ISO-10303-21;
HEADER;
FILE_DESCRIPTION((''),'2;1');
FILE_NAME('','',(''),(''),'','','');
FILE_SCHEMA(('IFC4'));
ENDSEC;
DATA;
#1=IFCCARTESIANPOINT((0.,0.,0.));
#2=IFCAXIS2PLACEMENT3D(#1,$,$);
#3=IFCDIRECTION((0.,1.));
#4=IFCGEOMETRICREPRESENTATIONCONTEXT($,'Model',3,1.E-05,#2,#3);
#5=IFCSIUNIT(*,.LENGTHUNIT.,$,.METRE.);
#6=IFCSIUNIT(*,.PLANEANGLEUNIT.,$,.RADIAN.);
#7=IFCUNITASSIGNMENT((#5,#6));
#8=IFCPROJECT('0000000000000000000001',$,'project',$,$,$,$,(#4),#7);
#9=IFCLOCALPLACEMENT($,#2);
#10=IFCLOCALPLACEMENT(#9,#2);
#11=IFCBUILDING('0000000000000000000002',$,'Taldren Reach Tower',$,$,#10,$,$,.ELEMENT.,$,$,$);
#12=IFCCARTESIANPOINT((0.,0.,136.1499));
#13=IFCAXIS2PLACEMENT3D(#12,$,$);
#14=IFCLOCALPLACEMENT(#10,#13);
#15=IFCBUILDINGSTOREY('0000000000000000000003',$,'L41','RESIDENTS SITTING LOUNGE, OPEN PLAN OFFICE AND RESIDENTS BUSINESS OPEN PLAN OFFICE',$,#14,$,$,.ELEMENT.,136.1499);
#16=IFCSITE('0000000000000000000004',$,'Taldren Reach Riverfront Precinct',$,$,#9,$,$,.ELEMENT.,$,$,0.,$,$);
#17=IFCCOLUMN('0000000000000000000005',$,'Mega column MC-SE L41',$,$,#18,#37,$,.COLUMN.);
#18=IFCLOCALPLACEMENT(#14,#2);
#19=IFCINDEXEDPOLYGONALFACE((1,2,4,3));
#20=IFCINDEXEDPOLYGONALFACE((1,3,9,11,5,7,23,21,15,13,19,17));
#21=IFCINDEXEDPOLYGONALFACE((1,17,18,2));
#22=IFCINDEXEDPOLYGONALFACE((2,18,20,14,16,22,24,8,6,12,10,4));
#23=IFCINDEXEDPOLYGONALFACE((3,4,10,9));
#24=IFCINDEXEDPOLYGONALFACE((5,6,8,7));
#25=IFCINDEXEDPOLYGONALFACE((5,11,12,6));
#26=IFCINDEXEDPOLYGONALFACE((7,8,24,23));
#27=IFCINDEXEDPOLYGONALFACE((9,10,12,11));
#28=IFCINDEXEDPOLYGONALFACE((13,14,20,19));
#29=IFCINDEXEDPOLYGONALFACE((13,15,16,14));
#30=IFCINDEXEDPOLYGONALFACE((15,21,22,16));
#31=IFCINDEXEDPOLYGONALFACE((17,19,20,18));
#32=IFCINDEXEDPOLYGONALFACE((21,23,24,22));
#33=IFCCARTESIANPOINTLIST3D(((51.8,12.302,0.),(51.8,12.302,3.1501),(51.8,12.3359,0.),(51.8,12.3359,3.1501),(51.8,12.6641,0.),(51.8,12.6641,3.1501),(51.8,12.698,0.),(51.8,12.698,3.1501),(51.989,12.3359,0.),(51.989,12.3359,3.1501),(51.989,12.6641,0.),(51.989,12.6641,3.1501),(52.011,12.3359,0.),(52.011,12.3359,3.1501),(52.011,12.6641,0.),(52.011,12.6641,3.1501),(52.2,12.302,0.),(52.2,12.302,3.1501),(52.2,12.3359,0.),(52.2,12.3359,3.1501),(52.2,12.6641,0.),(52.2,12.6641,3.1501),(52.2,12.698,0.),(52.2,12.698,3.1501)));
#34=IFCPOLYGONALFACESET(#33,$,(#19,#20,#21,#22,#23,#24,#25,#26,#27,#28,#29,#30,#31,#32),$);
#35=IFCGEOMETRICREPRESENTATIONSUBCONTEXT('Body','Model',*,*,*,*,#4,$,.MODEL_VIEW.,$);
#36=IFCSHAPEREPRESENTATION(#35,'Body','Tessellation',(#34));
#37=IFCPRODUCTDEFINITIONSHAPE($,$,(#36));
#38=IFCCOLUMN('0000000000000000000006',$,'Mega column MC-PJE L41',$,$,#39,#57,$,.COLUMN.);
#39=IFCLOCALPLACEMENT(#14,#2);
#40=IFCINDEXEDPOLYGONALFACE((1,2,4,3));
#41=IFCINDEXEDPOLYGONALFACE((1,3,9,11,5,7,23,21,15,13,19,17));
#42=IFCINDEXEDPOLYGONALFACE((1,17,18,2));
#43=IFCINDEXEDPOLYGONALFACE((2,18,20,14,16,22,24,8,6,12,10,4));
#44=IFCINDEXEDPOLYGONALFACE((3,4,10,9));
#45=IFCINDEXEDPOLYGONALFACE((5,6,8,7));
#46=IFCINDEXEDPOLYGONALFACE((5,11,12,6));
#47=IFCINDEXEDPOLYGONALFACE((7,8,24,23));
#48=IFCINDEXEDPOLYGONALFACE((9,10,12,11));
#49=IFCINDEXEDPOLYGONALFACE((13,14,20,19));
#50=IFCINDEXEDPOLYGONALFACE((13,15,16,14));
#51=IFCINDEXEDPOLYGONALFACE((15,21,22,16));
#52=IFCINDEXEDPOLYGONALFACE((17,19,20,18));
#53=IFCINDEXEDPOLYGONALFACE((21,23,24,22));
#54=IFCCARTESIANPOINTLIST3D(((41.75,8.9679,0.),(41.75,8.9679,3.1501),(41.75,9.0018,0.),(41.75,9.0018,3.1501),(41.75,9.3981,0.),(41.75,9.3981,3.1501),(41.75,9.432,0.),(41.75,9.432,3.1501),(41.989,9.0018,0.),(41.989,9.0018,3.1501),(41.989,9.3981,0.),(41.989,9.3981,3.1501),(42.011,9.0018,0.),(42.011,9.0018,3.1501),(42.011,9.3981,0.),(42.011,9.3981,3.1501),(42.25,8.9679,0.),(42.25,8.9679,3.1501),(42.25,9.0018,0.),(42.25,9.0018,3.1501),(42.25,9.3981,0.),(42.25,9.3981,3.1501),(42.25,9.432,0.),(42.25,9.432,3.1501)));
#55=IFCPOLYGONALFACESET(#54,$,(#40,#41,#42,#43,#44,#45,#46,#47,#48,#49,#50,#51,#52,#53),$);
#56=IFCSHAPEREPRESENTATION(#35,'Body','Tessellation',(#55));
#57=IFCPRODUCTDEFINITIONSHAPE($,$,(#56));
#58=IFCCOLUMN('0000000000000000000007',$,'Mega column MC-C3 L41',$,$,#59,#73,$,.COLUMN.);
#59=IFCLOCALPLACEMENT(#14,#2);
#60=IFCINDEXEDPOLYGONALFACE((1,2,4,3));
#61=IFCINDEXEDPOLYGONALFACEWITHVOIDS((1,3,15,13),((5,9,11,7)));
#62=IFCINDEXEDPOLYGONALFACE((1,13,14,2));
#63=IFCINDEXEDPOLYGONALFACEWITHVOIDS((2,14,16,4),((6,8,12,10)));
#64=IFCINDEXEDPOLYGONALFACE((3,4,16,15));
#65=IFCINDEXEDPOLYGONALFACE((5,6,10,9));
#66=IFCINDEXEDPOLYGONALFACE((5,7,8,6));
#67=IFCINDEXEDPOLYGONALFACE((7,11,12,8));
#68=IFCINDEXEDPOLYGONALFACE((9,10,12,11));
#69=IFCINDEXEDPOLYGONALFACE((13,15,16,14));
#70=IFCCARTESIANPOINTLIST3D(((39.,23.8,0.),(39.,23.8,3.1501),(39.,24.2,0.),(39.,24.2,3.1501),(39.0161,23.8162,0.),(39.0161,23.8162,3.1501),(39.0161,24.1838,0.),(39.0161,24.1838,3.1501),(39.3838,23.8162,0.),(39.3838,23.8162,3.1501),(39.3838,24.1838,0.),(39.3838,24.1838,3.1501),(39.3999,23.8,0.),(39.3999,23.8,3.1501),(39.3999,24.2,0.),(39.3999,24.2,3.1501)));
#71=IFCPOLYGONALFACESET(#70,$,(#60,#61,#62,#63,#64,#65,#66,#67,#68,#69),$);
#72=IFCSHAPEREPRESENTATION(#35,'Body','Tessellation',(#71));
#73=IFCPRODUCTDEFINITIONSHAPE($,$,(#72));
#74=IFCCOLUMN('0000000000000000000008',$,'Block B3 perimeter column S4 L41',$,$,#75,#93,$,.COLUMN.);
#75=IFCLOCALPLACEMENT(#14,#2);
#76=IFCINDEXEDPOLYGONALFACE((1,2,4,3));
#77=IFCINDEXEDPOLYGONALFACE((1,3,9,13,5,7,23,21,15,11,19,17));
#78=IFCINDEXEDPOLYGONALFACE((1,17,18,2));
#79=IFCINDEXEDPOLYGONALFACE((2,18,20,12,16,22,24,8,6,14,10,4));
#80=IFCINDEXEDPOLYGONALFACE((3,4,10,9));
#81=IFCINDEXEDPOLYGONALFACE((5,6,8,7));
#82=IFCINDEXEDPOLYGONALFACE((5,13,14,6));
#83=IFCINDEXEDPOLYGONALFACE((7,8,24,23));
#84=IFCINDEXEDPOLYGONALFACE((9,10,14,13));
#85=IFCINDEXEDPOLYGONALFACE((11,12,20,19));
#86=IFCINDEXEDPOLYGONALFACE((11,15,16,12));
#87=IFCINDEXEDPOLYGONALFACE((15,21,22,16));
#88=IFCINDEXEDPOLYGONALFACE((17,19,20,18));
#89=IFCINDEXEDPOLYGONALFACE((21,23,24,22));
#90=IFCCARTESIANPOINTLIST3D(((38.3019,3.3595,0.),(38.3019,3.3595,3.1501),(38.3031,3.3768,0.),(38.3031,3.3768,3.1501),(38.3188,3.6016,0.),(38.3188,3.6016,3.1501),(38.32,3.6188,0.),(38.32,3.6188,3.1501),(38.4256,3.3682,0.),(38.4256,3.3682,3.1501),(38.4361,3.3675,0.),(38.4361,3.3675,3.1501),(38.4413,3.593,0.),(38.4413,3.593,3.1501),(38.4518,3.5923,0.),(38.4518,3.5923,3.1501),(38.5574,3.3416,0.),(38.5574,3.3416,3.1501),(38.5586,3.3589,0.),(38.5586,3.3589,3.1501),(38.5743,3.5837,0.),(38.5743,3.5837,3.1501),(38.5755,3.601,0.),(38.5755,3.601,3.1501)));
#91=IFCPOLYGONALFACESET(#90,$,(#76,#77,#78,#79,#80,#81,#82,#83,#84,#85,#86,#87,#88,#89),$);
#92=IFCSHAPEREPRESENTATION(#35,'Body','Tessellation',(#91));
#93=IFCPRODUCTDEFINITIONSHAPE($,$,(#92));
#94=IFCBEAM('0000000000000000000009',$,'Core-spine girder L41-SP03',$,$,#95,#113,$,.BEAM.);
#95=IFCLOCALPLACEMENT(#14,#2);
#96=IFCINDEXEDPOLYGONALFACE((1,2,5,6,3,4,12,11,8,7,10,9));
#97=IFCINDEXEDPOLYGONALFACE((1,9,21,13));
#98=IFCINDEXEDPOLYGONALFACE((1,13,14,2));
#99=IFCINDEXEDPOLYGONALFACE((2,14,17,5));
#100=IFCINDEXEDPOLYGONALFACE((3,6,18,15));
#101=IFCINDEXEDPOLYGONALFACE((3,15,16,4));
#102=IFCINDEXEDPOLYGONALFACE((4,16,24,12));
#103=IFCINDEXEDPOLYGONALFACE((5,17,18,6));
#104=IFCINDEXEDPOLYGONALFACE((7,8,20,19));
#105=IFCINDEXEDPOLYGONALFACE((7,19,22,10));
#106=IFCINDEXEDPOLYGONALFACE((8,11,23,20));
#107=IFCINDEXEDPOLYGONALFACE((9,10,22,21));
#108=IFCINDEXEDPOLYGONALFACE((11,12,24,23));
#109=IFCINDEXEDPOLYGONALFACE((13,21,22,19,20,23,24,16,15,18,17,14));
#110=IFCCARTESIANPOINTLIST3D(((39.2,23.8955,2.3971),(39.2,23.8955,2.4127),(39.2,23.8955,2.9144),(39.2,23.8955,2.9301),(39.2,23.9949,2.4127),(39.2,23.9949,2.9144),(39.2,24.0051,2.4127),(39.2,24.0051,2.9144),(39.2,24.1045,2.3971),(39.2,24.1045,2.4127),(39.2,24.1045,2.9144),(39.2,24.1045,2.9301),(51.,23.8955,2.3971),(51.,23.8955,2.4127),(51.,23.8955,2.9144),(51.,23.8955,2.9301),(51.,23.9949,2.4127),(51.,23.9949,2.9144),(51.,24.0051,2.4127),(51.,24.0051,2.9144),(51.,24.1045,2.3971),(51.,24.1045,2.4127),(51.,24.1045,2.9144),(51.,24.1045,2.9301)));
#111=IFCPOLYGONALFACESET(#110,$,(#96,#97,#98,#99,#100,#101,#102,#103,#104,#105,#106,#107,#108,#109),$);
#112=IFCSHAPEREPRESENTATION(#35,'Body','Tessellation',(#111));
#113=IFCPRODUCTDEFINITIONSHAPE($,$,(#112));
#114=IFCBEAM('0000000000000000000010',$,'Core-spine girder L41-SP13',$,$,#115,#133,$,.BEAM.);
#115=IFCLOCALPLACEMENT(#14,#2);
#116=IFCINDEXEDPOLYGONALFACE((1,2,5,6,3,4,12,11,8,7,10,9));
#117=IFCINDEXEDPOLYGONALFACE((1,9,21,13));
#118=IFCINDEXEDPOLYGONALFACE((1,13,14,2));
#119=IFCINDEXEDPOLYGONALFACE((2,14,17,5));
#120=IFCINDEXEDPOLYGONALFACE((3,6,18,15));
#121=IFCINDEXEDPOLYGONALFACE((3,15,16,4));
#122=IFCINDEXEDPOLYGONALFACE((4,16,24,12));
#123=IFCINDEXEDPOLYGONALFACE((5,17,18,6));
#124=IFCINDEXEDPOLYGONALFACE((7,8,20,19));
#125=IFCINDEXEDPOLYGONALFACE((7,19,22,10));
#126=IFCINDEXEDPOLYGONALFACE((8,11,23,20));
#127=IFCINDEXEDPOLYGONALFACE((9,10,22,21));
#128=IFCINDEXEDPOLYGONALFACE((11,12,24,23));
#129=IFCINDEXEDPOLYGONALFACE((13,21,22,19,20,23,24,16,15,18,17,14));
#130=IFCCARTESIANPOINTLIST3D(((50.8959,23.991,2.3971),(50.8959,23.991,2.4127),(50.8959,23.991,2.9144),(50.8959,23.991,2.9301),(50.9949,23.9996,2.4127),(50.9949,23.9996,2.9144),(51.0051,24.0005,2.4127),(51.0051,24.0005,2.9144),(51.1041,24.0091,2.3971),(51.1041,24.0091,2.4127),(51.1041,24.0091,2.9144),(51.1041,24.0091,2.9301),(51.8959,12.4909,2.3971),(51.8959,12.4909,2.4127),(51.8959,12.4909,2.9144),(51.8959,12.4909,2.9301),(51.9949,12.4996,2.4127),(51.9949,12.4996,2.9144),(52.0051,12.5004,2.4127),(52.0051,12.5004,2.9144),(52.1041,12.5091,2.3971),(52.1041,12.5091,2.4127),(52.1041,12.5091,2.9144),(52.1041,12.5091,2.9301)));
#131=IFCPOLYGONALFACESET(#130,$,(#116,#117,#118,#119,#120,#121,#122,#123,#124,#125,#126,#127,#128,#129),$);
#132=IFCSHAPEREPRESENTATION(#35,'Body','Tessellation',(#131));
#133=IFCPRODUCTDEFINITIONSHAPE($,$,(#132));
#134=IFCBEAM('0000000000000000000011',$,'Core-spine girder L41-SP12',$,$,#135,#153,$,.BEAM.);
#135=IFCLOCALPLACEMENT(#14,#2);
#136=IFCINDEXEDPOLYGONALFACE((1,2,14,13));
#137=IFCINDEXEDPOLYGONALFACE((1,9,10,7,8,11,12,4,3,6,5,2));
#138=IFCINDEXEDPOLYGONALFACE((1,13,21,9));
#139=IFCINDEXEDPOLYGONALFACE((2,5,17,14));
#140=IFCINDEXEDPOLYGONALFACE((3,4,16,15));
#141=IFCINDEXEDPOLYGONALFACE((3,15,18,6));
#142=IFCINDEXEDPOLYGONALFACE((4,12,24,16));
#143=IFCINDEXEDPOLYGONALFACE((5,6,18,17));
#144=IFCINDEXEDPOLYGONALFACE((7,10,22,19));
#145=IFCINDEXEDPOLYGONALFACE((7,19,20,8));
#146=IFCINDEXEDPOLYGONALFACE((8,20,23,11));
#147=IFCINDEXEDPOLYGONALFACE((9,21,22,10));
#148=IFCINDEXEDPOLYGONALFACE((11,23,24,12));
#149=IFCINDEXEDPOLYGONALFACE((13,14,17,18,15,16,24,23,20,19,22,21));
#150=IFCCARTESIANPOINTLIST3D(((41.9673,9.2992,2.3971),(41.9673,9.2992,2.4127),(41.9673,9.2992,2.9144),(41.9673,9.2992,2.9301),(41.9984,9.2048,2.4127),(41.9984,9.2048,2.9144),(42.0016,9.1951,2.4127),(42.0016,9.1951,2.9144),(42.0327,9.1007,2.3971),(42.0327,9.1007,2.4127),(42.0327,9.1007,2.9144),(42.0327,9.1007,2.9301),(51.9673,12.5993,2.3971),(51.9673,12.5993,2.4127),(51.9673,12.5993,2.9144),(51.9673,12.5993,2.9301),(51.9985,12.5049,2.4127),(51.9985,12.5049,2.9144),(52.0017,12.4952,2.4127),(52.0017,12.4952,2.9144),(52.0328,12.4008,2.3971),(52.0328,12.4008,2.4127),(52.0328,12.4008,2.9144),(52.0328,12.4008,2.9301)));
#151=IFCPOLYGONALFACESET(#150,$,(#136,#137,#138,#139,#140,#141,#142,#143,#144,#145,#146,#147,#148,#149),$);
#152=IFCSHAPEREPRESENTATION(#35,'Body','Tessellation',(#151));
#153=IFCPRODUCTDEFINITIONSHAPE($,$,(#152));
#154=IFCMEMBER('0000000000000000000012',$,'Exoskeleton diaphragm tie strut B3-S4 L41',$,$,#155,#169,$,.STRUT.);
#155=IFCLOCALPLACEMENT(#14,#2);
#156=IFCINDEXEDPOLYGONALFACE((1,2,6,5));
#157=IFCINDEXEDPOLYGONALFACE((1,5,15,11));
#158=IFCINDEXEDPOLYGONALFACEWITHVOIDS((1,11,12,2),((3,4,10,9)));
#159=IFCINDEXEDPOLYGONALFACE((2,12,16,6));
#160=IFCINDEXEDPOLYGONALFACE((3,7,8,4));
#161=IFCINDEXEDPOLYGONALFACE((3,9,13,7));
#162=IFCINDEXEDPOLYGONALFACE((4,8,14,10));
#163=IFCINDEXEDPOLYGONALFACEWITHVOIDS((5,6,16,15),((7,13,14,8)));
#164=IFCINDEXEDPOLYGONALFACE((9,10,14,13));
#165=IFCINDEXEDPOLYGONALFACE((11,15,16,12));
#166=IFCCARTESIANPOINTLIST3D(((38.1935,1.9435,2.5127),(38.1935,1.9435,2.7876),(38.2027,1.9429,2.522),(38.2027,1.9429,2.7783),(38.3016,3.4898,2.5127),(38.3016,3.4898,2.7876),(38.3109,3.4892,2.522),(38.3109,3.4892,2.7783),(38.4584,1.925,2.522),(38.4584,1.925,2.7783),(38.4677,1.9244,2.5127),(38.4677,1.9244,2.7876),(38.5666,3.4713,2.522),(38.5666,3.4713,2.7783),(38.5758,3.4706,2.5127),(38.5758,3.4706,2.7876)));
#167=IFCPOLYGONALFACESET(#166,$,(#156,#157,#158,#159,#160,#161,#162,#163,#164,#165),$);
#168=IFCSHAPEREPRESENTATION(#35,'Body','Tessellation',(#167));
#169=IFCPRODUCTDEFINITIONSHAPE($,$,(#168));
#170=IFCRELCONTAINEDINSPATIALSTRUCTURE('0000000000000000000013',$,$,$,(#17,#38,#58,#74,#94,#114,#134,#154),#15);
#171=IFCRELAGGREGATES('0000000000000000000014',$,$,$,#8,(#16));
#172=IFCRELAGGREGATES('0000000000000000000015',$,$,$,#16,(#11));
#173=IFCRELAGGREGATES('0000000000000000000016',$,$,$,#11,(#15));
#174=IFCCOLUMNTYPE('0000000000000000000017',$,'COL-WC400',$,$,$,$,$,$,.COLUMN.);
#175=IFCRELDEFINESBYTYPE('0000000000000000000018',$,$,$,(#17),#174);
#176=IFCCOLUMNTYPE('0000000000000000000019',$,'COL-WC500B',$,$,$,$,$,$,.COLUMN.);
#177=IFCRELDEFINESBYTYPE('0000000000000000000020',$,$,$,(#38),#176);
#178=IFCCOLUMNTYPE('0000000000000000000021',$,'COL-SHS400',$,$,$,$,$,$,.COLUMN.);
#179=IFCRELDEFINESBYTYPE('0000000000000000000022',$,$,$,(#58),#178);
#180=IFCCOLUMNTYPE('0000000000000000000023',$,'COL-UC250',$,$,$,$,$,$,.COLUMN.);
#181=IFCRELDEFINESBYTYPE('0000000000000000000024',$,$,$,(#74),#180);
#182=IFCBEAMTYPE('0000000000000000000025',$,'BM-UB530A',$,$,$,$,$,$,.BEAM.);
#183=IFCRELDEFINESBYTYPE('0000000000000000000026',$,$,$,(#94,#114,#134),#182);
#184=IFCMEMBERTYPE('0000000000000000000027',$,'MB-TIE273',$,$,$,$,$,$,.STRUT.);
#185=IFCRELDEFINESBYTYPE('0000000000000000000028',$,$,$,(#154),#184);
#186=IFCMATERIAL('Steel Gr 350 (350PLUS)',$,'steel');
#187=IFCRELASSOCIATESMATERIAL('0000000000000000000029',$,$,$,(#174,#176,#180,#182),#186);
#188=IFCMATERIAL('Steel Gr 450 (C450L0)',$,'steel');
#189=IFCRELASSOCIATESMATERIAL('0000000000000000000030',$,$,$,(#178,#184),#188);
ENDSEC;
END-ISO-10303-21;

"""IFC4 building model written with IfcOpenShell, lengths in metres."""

from ifc_helpers import new_model, si_unit, direction, frame, origin, origin_2d, place, context, subcontext, project, spatial, hollow_rectangle, i_section, extrude, source, transform, mapped, material, material_profile, profile_set, type_object, element, save


model = new_model("IFC4")

# Units and contexts
model_context = context("Model", 3, precision=1e-05, world=origin(), true_north=direction((0.0, 1.0)))
body_context = subcontext(model_context, "Body", "Model", "MODEL_VIEW")
ifc_project = project(units=[si_unit("LENGTHUNIT", "METRE"), si_unit("PLANEANGLEUNIT", "RADIAN")], contexts=[model_context])

# Site, building, storey
site_placement = place(None, origin())
site = spatial("IfcSite", under=ifc_project, at=site_placement, Name="Taldren Reach Riverfront Precinct", CompositionType="ELEMENT", RefElevation=0.0)
building_placement = place(site_placement, origin())
building = spatial("IfcBuilding", under=site, at=building_placement, Name="Taldren Reach Tower", CompositionType="ELEMENT")
storey_placement = place(building_placement, frame((0.0, 0.0, 136.1499)))
storey = spatial("IfcBuildingStorey", under=building, at=storey_placement, Name="L41", Description="RESIDENTS SITTING LOUNGE, OPEN PLAN OFFICE AND RESIDENTS BUSINESS OPEN PLAN OFFICE", CompositionType="ELEMENT", Elevation=136.1499)

# Columns
ifc_material_1 = material(Name="Steel Gr 350 (350PLUS)", Category="steel")
ifc_material_profile_1 = material_profile(ifc_material_1, i_section(OverallWidth=0.3999, OverallDepth=0.396, WebThickness=0.022, FlangeThickness=0.0339, at=origin_2d()), Name="400WC270")
ifc_profile_set_1 = profile_set([ifc_material_profile_1], Name="Steel Gr 350 (350PLUS)")
column_type_1 = type_object("IfcColumnType", Name="COL-WC400", PredefinedType="COLUMN", material=ifc_profile_set_1)
shared_shape_1 = source(origin(), body_context, "Body", "SweptSolid", [
    extrude(i_section(OverallWidth=0.3999, OverallDepth=0.396, WebThickness=0.022, FlangeThickness=0.0339, at=origin_2d()), origin(), (0.0, 0.0, 1.0), 3.1501),
])
column_1_placement = place(storey_placement, frame((52.0, 12.5, 0.0), z_axis=(0.0, 0.0, 1.0), x_axis=(1.0, 0.0, 0.0)))
element("IfcColumn", 1, at=column_1_placement, inside=storey, type_object=column_type_1, Name="Mega column MC-SE L41", PredefinedType="COLUMN", context=body_context, shape_type="MappedRepresentation", body=[
    mapped(shared_shape_1, transform((0.0, 0.0, 0.0), scale=1.0)),
])
ifc_material_profile_2 = material_profile(ifc_material_1, i_section(OverallWidth=0.5, OverallDepth=0.4641, WebThickness=0.022, FlangeThickness=0.0339, at=origin_2d()), Name="500WC340")
ifc_profile_set_2 = profile_set([ifc_material_profile_2], Name="Steel Gr 350 (350PLUS)")
column_type_2 = type_object("IfcColumnType", Name="COL-WC500B", PredefinedType="COLUMN", material=ifc_profile_set_2)
shared_shape_2 = source(origin(), body_context, "Body", "SweptSolid", [
    extrude(i_section(OverallWidth=0.5, OverallDepth=0.4641, WebThickness=0.022, FlangeThickness=0.0339, at=origin_2d()), origin(), (0.0, 0.0, 1.0), 3.1501),
])
column_2_placement = place(storey_placement, frame((42.0, 9.2, 0.0), z_axis=(0.0, 0.0, 1.0), x_axis=(1.0, 0.0, 0.0)))
element("IfcColumn", 2, at=column_2_placement, inside=storey, type_object=column_type_2, Name="Mega column MC-PJE L41", PredefinedType="COLUMN", context=body_context, shape_type="MappedRepresentation", body=[
    mapped(shared_shape_2, transform((0.0, 0.0, 0.0), scale=1.0)),
])
ifc_material_2 = material(Name="Steel Gr 450 (C450L0)", Category="steel")
ifc_material_profile_3 = material_profile(ifc_material_2, hollow_rectangle(XDim=0.3999, YDim=0.3999, WallThickness=0.0161, at=origin_2d()), Name="400x400x16.0SHS")
ifc_profile_set_3 = profile_set([ifc_material_profile_3], Name="Steel Gr 450 (C450L0)")
column_type_3 = type_object("IfcColumnType", Name="COL-SHS400", PredefinedType="COLUMN", material=ifc_profile_set_3)
shared_shape_3 = source(origin(), body_context, "Body", "SweptSolid", [
    extrude(hollow_rectangle(XDim=0.3999, YDim=0.3999, WallThickness=0.0161, at=origin_2d()), origin(), (0.0, 0.0, 1.0), 3.1501),
])
column_3_placement = place(storey_placement, frame((39.2, 24.0, 0.0), z_axis=(0.0, 0.0, 1.0), x_axis=(1.0, 0.0, 0.0)))
element("IfcColumn", 3, at=column_3_placement, inside=storey, type_object=column_type_3, Name="Mega column MC-C3 L41", PredefinedType="COLUMN", context=body_context, shape_type="MappedRepresentation", body=[
    mapped(shared_shape_3, transform((0.0, 0.0, 0.0), scale=1.0)),
])
ifc_material_profile_4 = material_profile(ifc_material_1, i_section(OverallWidth=0.2561, OverallDepth=0.26, WebThickness=0.0105, FlangeThickness=0.0173, at=origin_2d()), Name="250UC89.5")
ifc_profile_set_4 = profile_set([ifc_material_profile_4], Name="Steel Gr 350 (350PLUS)")
column_type_4 = type_object("IfcColumnType", Name="COL-UC250", PredefinedType="COLUMN", material=ifc_profile_set_4)
shared_shape_4 = source(origin(), body_context, "Body", "SweptSolid", [
    extrude(i_section(OverallWidth=0.2561, OverallDepth=0.26, WebThickness=0.0105, FlangeThickness=0.0173, at=origin_2d()), origin(), (0.0, 0.0, 1.0), 3.1501),
])
column_4_placement = place(storey_placement, frame((38.4387, 3.4802, 0.0), z_axis=(0.0, 0.0, 1.0), x_axis=(0.997564, -0.069756, 0.0)))
element("IfcColumn", 4, at=column_4_placement, inside=storey, type_object=column_type_4, Name="Block B3 perimeter column S4 L41", PredefinedType="COLUMN", context=body_context, shape_type="MappedRepresentation", body=[
    mapped(shared_shape_4, transform((0.0, 0.0, 0.0), scale=1.0)),
])

# Beams
ifc_material_profile_5 = material_profile(ifc_material_1, i_section(OverallWidth=0.209, OverallDepth=0.533, WebThickness=0.0103, FlangeThickness=0.0156, at=origin_2d()), Name="530UB92.4")
ifc_profile_set_5 = profile_set([ifc_material_profile_5], Name="Steel Gr 350 (350PLUS)")
beam_type_1 = type_object("IfcBeamType", Name="BM-UB530A", PredefinedType="BEAM", material=ifc_profile_set_5)
shared_shape_5 = source(origin(), body_context, "Body", "SweptSolid", [
    extrude(i_section(OverallWidth=0.209, OverallDepth=0.533, WebThickness=0.0103, FlangeThickness=0.0156, at=origin_2d()), origin(), (0.0, 0.0, 1.0), 11.8),
])
beam_1_placement = place(storey_placement, frame((39.2, 24.0, 2.6636), z_axis=(1.0, 0.0, 0.0), x_axis=(0.0, 1.0, 0.0)))
element("IfcBeam", 5, at=beam_1_placement, inside=storey, type_object=beam_type_1, Name="Core-spine girder L41-SP03", PredefinedType="BEAM", context=body_context, shape_type="MappedRepresentation", body=[
    mapped(shared_shape_5, transform((0.0, 0.0, 0.0), scale=1.0)),
])
shared_shape_6 = source(origin(), body_context, "Body", "SweptSolid", [
    extrude(i_section(OverallWidth=0.209, OverallDepth=0.533, WebThickness=0.0103, FlangeThickness=0.0156, at=origin_2d()), origin(), (0.0, 0.0, 1.0), 11.5435),
])
beam_2_placement = place(storey_placement, frame((52.0, 12.5, 2.6636), z_axis=(-0.08663, 0.996241, 0.0), x_axis=(-0.996241, -0.08663, 0.0)))
element("IfcBeam", 6, at=beam_2_placement, inside=storey, type_object=beam_type_1, Name="Core-spine girder L41-SP13", PredefinedType="BEAM", context=body_context, shape_type="MappedRepresentation", body=[
    mapped(shared_shape_6, transform((0.0, 0.0, 0.0), scale=1.0)),
])
shared_shape_7 = source(origin(), body_context, "Body", "SweptSolid", [
    extrude(i_section(OverallWidth=0.209, OverallDepth=0.533, WebThickness=0.0103, FlangeThickness=0.0156, at=origin_2d()), origin(), (0.0, 0.0, 1.0), 10.5305),
])
beam_3_placement = place(storey_placement, frame((42.0, 9.2, 2.6636), z_axis=(0.949627, 0.313382, 0.0), x_axis=(-0.313382, 0.949627, 0.0)))
element("IfcBeam", 7, at=beam_3_placement, inside=storey, type_object=beam_type_1, Name="Core-spine girder L41-SP12", PredefinedType="BEAM", context=body_context, shape_type="MappedRepresentation", body=[
    mapped(shared_shape_7, transform((0.0, 0.0, 0.0), scale=1.0)),
])

# Member
ifc_material_profile_6 = material_profile(ifc_material_2, hollow_rectangle(XDim=0.2749, YDim=0.2749, WallThickness=0.0093, at=origin_2d()), Name="275x275x9.3SHS")
ifc_profile_set_6 = profile_set([ifc_material_profile_6], Name="Steel Gr 450 (C450L0)")
member_type_1 = type_object("IfcMemberType", Name="MB-TIE273", PredefinedType="STRUT", material=ifc_profile_set_6)
shared_shape_8 = source(origin(), body_context, "Body", "SweptSolid", [
    extrude(hollow_rectangle(XDim=0.2749, YDim=0.2749, WallThickness=0.0093, at=origin_2d()), origin(), (0.0, 0.0, 1.0), 1.55),
])
member_placement = place(storey_placement, frame((38.4387, 3.4802, 2.6501), z_axis=(-0.06977, -0.997563, 0.0), x_axis=(0.997563, -0.06977, 0.0)))
element("IfcMember", 8, at=member_placement, inside=storey, type_object=member_type_1, Name="Exoskeleton diaphragm tie strut B3-S4 L41", PredefinedType="STRUT", context=body_context, shape_type="MappedRepresentation", body=[
    mapped(shared_shape_8, transform((0.0, 0.0, 0.0), scale=1.0)),
])

save(model, "model.ifc")
